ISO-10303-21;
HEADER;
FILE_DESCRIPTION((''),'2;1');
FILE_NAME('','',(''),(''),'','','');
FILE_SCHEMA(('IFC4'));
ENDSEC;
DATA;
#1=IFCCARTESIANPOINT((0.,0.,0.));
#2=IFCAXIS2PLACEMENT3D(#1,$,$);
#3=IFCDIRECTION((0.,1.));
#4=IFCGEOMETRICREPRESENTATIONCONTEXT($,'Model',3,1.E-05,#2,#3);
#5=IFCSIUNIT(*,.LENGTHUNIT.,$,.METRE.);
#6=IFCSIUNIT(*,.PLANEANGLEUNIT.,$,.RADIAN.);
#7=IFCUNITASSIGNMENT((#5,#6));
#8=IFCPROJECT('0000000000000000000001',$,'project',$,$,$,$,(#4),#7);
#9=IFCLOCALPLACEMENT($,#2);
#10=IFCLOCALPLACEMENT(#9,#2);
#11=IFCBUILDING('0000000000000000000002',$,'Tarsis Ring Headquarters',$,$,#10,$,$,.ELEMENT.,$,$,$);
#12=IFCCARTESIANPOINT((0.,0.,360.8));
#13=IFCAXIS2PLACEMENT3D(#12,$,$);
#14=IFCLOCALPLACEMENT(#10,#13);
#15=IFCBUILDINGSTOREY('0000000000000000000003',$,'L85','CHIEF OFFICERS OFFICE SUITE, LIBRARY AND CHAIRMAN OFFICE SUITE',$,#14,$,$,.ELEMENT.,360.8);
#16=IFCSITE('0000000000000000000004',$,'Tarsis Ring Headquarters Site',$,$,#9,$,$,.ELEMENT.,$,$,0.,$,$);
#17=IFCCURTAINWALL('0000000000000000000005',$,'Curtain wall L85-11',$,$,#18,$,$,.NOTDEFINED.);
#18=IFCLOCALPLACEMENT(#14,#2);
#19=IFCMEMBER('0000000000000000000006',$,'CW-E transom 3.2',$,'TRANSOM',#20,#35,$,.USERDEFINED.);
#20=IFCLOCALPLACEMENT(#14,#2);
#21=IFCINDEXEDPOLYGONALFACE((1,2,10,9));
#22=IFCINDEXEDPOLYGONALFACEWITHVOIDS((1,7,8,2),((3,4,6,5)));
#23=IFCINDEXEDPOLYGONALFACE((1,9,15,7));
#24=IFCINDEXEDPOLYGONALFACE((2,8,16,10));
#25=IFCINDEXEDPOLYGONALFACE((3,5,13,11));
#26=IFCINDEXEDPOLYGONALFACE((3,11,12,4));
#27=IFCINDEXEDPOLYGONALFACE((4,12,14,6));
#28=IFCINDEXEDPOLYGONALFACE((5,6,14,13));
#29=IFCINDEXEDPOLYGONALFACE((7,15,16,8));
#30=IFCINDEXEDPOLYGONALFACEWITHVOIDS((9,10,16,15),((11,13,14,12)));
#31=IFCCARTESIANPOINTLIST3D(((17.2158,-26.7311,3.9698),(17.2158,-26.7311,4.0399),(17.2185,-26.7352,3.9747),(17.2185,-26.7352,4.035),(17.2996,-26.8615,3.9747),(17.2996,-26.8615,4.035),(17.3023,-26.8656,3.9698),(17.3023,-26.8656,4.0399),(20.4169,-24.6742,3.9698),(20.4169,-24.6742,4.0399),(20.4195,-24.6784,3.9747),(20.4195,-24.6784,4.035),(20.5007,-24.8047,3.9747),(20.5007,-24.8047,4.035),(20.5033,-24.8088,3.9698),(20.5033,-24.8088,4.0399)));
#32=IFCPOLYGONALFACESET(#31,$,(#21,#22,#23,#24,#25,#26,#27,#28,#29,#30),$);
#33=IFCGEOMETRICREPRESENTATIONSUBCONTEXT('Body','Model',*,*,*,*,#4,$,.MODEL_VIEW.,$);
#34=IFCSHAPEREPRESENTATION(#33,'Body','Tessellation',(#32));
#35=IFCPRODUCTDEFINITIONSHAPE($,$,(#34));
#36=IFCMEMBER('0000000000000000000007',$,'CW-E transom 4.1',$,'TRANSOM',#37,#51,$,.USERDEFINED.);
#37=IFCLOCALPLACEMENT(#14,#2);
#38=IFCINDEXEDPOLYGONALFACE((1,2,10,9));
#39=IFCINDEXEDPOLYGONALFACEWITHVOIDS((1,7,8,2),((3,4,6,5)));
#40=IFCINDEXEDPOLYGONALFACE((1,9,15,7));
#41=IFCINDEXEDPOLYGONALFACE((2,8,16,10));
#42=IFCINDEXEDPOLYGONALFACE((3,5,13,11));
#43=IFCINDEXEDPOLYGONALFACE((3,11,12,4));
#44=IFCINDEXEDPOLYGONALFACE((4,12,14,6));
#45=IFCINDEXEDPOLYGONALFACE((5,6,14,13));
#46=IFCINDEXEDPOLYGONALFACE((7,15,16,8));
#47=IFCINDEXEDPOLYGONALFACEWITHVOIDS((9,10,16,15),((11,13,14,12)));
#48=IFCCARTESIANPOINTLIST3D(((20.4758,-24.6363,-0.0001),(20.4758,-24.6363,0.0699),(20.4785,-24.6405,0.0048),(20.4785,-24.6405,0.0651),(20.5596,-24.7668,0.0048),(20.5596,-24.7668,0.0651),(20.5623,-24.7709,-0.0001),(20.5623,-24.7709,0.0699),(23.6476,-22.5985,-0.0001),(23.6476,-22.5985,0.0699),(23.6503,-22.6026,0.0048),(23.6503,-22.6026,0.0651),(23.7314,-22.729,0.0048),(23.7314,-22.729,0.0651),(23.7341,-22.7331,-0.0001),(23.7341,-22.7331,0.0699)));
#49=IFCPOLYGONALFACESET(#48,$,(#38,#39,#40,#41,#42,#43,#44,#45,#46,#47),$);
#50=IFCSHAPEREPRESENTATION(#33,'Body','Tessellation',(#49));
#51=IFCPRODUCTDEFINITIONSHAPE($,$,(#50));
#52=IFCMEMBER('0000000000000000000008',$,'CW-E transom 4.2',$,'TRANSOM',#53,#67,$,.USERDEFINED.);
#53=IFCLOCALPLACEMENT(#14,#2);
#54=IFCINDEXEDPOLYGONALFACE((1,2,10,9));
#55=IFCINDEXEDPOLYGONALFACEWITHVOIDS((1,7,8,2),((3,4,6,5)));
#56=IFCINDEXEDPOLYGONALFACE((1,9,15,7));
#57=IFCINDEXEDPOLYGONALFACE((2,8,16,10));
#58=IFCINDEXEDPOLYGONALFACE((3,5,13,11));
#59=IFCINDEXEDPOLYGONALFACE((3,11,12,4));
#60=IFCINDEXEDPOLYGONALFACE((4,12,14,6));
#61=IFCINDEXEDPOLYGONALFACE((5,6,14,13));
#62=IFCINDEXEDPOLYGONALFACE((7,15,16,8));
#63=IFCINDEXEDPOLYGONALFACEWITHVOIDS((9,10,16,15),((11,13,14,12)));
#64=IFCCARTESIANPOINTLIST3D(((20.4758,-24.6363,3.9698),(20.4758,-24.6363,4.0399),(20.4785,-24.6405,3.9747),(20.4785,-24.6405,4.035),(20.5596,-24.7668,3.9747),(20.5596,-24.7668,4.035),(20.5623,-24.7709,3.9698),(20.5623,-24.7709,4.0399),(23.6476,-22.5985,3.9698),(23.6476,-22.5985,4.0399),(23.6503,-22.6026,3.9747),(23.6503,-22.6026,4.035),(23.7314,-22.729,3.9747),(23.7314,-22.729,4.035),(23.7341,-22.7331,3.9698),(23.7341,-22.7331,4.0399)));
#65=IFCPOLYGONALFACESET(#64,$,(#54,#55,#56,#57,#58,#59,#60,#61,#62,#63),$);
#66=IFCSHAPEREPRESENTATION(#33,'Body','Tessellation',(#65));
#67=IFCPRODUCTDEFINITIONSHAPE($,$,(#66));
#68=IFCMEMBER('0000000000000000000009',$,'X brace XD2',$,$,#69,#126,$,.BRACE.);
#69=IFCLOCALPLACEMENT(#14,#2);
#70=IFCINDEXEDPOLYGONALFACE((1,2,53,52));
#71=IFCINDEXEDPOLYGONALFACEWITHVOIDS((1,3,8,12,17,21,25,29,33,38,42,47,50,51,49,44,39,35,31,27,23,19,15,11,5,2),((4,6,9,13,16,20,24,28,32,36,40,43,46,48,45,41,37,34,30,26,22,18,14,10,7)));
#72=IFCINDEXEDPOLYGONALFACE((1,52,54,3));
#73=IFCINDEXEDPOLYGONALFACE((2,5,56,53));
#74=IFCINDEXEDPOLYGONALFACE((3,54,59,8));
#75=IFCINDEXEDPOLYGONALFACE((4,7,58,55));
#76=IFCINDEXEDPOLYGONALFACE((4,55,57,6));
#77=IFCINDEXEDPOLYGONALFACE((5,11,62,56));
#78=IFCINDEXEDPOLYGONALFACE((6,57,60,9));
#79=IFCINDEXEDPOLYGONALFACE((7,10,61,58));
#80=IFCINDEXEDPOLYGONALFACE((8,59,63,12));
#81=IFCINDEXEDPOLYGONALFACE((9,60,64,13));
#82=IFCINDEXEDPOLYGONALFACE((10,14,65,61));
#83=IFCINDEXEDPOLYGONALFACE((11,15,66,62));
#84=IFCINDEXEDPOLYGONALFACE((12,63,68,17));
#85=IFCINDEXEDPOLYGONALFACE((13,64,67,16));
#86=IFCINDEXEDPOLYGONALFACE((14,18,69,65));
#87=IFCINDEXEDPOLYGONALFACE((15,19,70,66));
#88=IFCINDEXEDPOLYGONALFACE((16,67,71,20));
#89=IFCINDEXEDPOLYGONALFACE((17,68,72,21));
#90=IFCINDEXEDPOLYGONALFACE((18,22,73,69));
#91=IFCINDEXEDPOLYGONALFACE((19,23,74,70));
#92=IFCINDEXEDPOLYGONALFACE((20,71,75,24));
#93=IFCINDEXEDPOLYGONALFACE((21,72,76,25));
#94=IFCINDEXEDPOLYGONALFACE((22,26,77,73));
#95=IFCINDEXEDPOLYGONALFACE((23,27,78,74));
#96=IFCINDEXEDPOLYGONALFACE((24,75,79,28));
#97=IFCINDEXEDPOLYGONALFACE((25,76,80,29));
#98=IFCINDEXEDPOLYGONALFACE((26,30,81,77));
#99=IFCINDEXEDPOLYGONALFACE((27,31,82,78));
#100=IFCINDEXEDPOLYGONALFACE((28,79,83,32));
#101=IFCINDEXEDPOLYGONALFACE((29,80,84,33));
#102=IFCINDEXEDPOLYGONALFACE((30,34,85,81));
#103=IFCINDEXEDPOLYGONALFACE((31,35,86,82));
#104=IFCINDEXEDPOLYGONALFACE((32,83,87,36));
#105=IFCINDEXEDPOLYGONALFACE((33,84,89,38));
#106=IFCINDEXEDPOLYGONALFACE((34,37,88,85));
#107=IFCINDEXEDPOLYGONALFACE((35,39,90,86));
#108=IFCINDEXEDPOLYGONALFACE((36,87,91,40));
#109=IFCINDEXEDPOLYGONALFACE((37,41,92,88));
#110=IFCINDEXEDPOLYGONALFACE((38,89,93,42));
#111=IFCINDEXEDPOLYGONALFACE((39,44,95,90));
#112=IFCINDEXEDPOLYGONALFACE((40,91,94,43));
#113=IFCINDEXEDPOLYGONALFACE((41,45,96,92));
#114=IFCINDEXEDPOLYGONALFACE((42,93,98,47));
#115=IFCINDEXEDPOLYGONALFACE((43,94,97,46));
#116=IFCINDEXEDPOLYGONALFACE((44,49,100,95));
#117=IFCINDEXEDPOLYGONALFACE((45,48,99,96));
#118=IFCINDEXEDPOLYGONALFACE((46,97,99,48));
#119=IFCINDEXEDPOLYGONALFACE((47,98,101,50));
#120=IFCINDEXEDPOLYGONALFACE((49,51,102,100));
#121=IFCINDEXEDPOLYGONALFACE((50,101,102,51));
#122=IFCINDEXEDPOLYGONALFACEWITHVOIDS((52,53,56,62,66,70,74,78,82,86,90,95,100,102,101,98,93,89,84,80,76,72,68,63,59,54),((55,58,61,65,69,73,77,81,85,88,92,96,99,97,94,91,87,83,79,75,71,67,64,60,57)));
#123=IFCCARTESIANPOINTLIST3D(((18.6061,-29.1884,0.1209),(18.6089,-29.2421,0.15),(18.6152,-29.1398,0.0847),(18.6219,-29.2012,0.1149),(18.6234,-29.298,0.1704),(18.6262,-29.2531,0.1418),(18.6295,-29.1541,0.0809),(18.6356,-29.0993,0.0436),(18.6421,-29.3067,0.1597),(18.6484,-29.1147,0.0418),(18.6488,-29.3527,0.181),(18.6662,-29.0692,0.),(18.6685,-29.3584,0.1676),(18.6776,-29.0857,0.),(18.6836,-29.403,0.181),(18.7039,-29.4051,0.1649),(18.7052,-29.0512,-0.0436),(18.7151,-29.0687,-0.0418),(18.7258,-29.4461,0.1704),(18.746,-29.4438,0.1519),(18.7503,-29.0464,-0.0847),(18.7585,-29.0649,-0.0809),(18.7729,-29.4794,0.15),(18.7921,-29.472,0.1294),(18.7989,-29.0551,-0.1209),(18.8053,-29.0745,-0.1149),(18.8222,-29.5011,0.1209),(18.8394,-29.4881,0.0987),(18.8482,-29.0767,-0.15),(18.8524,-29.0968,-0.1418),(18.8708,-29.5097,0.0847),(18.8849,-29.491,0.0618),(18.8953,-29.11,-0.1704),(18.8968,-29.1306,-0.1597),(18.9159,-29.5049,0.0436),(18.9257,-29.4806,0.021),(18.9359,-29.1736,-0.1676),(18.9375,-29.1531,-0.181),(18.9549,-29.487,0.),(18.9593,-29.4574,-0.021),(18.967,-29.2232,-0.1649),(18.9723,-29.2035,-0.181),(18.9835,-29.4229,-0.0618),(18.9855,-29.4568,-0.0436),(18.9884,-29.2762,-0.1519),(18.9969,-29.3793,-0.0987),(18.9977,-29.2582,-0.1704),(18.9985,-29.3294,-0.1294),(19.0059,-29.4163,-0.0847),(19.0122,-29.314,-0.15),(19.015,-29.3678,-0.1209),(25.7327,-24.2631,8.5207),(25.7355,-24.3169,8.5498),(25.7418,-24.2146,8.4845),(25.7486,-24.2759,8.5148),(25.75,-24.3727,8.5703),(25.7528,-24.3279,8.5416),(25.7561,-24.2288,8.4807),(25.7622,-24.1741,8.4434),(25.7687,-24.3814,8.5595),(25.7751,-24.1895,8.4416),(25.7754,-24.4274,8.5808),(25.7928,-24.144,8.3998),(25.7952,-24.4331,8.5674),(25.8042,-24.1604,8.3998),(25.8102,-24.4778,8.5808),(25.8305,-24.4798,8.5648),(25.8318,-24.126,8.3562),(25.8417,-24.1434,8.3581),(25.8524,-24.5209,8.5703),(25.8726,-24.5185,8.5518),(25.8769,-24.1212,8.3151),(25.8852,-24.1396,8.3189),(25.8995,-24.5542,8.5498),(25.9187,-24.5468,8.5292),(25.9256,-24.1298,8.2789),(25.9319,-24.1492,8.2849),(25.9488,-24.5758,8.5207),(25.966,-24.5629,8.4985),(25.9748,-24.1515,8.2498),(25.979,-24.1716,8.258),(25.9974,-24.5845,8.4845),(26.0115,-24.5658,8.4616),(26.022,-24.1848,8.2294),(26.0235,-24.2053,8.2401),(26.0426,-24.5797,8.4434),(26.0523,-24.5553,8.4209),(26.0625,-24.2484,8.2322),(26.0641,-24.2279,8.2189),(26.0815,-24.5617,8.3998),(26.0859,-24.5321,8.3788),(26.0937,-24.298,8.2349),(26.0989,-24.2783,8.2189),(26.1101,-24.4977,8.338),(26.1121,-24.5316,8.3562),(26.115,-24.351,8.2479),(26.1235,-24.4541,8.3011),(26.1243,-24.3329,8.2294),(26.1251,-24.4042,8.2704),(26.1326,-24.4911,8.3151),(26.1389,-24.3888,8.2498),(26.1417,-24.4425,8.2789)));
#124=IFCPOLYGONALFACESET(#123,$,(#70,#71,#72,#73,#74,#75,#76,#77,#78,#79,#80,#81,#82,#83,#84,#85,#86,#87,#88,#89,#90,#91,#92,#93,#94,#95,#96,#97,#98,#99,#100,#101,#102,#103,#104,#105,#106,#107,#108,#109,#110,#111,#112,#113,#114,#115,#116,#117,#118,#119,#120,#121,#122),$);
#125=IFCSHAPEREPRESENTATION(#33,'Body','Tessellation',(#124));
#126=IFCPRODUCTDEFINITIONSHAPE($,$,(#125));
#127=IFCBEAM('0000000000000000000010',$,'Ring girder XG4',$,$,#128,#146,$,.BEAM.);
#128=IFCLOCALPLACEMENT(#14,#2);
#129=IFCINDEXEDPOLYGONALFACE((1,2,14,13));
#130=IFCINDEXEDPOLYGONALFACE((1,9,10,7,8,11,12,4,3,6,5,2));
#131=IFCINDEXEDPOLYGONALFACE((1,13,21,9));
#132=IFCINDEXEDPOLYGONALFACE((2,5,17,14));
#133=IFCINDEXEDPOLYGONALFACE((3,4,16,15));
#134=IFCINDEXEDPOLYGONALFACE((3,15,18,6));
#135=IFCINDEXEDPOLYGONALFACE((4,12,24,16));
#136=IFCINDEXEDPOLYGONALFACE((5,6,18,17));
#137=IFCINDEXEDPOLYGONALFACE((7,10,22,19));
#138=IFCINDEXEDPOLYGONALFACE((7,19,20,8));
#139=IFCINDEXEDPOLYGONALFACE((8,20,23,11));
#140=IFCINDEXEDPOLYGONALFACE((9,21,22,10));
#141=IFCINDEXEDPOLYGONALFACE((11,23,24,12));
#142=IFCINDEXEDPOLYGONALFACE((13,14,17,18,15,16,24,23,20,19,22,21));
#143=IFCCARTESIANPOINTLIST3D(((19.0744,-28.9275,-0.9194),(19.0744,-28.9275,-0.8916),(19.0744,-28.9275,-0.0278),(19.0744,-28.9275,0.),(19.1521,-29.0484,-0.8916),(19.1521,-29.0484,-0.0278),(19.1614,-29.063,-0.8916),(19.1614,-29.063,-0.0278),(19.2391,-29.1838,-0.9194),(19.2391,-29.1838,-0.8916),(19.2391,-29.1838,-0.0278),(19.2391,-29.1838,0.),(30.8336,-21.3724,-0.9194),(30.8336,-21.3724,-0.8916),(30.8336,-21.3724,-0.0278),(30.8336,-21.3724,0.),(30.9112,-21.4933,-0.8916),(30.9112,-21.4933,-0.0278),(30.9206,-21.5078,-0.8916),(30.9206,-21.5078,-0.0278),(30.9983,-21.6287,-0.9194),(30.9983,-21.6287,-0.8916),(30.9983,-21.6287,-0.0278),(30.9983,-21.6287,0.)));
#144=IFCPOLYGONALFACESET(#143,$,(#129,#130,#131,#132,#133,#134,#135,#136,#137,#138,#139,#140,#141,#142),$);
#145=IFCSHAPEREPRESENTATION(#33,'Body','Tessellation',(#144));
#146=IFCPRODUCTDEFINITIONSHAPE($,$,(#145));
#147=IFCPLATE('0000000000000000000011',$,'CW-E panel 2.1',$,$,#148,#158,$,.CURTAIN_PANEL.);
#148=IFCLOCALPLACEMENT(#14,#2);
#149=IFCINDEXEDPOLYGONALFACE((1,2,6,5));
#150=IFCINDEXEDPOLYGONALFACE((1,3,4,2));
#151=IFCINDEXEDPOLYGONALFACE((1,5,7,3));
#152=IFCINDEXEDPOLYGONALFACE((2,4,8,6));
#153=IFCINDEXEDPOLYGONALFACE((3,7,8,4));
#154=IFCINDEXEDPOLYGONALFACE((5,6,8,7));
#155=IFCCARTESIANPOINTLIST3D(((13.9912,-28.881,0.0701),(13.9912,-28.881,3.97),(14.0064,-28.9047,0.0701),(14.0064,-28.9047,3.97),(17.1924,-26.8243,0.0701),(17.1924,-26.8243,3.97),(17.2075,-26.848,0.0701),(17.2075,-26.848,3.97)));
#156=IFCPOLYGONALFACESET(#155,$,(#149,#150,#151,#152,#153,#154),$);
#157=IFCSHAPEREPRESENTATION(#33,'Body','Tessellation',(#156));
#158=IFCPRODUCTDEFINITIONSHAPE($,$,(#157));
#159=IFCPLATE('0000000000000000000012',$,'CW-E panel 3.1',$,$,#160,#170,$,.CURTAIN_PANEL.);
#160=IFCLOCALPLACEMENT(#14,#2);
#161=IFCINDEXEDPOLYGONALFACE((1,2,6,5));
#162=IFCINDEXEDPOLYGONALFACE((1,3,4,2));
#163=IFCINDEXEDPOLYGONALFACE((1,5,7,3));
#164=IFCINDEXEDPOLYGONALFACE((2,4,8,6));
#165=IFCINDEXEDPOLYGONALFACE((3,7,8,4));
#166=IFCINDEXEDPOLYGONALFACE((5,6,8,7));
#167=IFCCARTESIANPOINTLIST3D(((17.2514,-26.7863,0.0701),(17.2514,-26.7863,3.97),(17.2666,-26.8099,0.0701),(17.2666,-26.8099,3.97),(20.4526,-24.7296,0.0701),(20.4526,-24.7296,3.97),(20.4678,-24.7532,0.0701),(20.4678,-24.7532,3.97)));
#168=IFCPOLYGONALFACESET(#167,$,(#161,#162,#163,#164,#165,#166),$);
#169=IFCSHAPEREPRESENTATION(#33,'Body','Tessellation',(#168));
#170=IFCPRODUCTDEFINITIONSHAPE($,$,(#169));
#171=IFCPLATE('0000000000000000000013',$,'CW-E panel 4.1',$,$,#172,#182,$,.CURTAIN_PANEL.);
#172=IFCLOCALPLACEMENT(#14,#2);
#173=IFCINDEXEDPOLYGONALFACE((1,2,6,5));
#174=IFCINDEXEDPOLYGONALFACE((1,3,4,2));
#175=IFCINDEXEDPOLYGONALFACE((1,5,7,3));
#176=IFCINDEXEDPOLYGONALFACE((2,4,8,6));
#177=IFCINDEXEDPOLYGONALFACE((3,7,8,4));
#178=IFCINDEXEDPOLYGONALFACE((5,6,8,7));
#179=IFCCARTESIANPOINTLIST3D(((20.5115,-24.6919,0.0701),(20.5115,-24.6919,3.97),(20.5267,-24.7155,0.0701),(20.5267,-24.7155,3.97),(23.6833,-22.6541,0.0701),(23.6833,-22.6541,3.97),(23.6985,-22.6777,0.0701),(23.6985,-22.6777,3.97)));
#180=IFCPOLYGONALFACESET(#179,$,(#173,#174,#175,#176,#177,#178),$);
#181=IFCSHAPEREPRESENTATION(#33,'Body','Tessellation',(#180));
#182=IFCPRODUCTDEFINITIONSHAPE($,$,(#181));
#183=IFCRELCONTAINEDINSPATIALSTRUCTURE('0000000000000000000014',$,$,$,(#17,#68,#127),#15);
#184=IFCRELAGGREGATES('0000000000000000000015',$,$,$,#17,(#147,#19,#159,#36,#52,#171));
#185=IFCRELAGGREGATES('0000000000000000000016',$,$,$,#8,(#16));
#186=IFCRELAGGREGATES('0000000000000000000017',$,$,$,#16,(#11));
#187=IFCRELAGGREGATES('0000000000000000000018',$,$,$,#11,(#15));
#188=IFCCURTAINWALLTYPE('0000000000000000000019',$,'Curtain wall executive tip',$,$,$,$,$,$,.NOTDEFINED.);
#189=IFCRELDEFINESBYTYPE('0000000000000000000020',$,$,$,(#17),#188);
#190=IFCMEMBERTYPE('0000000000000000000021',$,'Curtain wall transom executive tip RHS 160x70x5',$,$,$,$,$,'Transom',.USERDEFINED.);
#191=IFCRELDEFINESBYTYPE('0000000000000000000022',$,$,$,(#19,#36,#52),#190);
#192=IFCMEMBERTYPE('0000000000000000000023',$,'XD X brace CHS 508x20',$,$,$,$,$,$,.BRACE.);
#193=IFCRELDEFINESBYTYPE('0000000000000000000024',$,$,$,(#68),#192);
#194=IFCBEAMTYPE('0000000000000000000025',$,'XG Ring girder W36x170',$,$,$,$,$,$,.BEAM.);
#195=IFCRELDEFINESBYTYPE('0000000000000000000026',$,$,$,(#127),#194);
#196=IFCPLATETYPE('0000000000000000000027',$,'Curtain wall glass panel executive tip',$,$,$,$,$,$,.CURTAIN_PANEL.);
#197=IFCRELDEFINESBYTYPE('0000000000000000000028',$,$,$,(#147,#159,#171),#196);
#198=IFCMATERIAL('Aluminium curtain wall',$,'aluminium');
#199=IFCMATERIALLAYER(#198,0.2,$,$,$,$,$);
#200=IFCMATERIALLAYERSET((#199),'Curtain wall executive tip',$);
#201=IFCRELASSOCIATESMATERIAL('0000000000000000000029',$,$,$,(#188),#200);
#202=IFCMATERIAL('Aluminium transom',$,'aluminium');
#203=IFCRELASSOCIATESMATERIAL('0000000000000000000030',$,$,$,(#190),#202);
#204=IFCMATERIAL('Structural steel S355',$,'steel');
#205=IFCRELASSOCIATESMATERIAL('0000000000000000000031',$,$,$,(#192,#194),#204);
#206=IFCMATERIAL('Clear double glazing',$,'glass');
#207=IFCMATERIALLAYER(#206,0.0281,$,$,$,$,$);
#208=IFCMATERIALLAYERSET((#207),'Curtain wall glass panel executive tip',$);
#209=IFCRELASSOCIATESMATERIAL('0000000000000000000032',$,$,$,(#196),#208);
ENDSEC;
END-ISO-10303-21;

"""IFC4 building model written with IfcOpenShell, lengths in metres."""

from ifc_helpers import new_model, si_unit, direction, frame, origin, origin_2d, place, context, subcontext, project, spatial, rectangle, hollow_rectangle, hollow_circle, i_section, extrude, material, layer, layer_set, material_profile, profile_set, type_object, element, aggregate, save


model = new_model("IFC4")

# Units and contexts
model_context = context("Model", 3, precision=1e-05, world=origin(), true_north=direction((0.0, 1.0)))
body_context = subcontext(model_context, "Body", "Model", "MODEL_VIEW")
ifc_project = project(units=[si_unit("LENGTHUNIT", "METRE"), si_unit("PLANEANGLEUNIT", "RADIAN")], contexts=[model_context])

# Site, building, storey
site_placement = place(None, origin())
site = spatial("IfcSite", under=ifc_project, at=site_placement, Name="Tarsis Ring Headquarters Site", CompositionType="ELEMENT", RefElevation=0.0)
building_placement = place(site_placement, origin())
building = spatial("IfcBuilding", under=site, at=building_placement, Name="Tarsis Ring Headquarters", CompositionType="ELEMENT")
storey_placement = place(building_placement, frame((0.0, 0.0, 360.8)))
storey = spatial("IfcBuildingStorey", under=building, at=storey_placement, Name="L85", Description="CHIEF OFFICERS OFFICE SUITE, LIBRARY AND CHAIRMAN OFFICE SUITE", CompositionType="ELEMENT", Elevation=360.8)

# Shared definitions
ifc_material_1 = material(Name="Structural steel S355", Category="steel")

# Curtain wall, members
ifc_material_2 = material(Name="Aluminium curtain wall", Category="aluminium")
ifc_layer_1 = layer(ifc_material_2, 0.2)
ifc_layer_set_1 = layer_set([ifc_layer_1], Name="Curtain wall executive tip")
curtain_wall_type = type_object("IfcCurtainWallType", Name="Curtain wall executive tip", PredefinedType="NOTDEFINED", material=ifc_layer_set_1)
curtain_wall_placement = place(storey_placement, origin())
curtain_wall = element("IfcCurtainWall", 1, at=curtain_wall_placement, inside=storey, type_object=curtain_wall_type, Name="Curtain wall L85-11", PredefinedType="NOTDEFINED")
ifc_material_3 = material(Name="Aluminium transom", Category="aluminium")
ifc_material_profile_1 = material_profile(ifc_material_3, hollow_rectangle(XDim=0.1599, YDim=0.0701, WallThickness=0.0049, at=origin_2d()), Name="RHS 160x70x5")
ifc_profile_set_1 = profile_set([ifc_material_profile_1], Name="Aluminium transom")
member_type_1 = type_object("IfcMemberType", Name="Curtain wall transom executive tip RHS 160x70x5", ElementType="Transom", PredefinedType="USERDEFINED", material=ifc_profile_set_1)
member_1_placement = place(storey_placement, frame((17.259, -26.7983, 4.0049), z_axis=(0.841299, 0.540569, 0.0), x_axis=(-0.540569, 0.841299, 0.0)))
member_1 = element("IfcMember", 2, at=member_1_placement, type_object=member_type_1, Name="CW-E transom 3.2", ObjectType="TRANSOM", PredefinedType="USERDEFINED", context=body_context, shape_type="SweptSolid", body=[
    extrude(hollow_rectangle(XDim=0.1599, YDim=0.0701, WallThickness=0.0049, at=origin_2d()), origin(), (0.0, 0.0, 1.0), 3.8049),
])
member_2_placement = place(storey_placement, frame((20.519, -24.7036, 0.0349), z_axis=(0.841326, 0.540528, 0.0), x_axis=(-0.540528, 0.841326, 0.0)))
member_2 = element("IfcMember", 3, at=member_2_placement, type_object=member_type_1, Name="CW-E transom 4.1", ObjectType="TRANSOM", PredefinedType="USERDEFINED", context=body_context, shape_type="SweptSolid", body=[
    extrude(hollow_rectangle(XDim=0.1599, YDim=0.0701, WallThickness=0.0049, at=origin_2d()), origin(), (0.0, 0.0, 1.0), 3.77),
])
member_3_placement = place(storey_placement, frame((20.519, -24.7036, 4.0049), z_axis=(0.841326, 0.540528, 0.0), x_axis=(-0.540528, 0.841326, 0.0)))
member_3 = element("IfcMember", 4, at=member_3_placement, type_object=member_type_1, Name="CW-E transom 4.2", ObjectType="TRANSOM", PredefinedType="USERDEFINED", context=body_context, shape_type="SweptSolid", body=[
    extrude(hollow_rectangle(XDim=0.1599, YDim=0.0701, WallThickness=0.0049, at=origin_2d()), origin(), (0.0, 0.0, 1.0), 3.77),
])

# Member
ifc_material_profile_2 = material_profile(ifc_material_1, hollow_circle(Radius=0.2539, WallThickness=0.02, at=origin_2d()), Name="CHS 508x20")
ifc_profile_set_2 = profile_set([ifc_material_profile_2], Name="Structural steel S355")
member_type_2 = type_object("IfcMemberType", Name="XD X brace CHS 508x20", PredefinedType="BRACE", material=ifc_profile_set_2)
member_4_placement = place(storey_placement, frame((18.8105, -29.2781, 0.0), z_axis=(0.590606, 0.40817, 0.696119), x_axis=(-0.56854, 0.822656, 0.0)))
element("IfcMember", 5, at=member_4_placement, inside=storey, type_object=member_type_2, Name="X brace XD2", PredefinedType="BRACE", context=body_context, shape_type="SweptSolid", body=[
    extrude(hollow_circle(Radius=0.2539, WallThickness=0.02, at=origin_2d()), origin(), (0.0, 0.0, 1.0), 12.0667),
])

# Beam
ifc_material_profile_3 = material_profile(ifc_material_1, i_section(OverallWidth=0.3047, OverallDepth=0.9194, WebThickness=0.0173, FlangeThickness=0.0278, at=origin_2d()), Name="W36x170")
ifc_profile_set_3 = profile_set([ifc_material_profile_3], Name="Structural steel S355")
beam_type = type_object("IfcBeamType", Name="XG Ring girder W36x170", PredefinedType="BEAM", material=ifc_profile_set_3)
beam_placement = place(storey_placement, frame((19.1567, -29.0557, -0.4597), z_axis=(0.84132, 0.540537, 0.0), x_axis=(-0.540537, 0.84132, 0.0)))
element("IfcBeam", 6, at=beam_placement, inside=storey, type_object=beam_type, Name="Ring girder XG4", PredefinedType="BEAM", context=body_context, shape_type="SweptSolid", body=[
    extrude(i_section(OverallWidth=0.3047, OverallDepth=0.9194, WebThickness=0.0173, FlangeThickness=0.0278, at=origin_2d()), origin(), (0.0, 0.0, 1.0), 13.9771),
])

# Plates
ifc_material_4 = material(Name="Clear double glazing", Category="glass")
ifc_layer_2 = layer(ifc_material_4, 0.0281)
ifc_layer_set_2 = layer_set([ifc_layer_2], Name="Curtain wall glass panel executive tip")
plate_type = type_object("IfcPlateType", Name="Curtain wall glass panel executive tip", PredefinedType="CURTAIN_PANEL", material=ifc_layer_set_2)
plate_1_placement = place(storey_placement, frame((15.5994, -27.8645, 0.0701), z_axis=(0.0, 0.0, 1.0), x_axis=(0.841322, 0.540534, 0.0)))
plate_1 = element("IfcPlate", 7, at=plate_1_placement, type_object=plate_type, Name="CW-E panel 2.1", PredefinedType="CURTAIN_PANEL", context=body_context, shape_type="SweptSolid", body=[
    extrude(rectangle(XDim=3.8049, YDim=0.0281, at=origin_2d()), origin(), (0.0, 0.0, 1.0), 3.8999),
])
plate_2_placement = place(storey_placement, frame((18.8596, -25.7698, 0.0701), z_axis=(0.0, 0.0, 1.0), x_axis=(0.841322, 0.540534, 0.0)))
plate_2 = element("IfcPlate", 8, at=plate_2_placement, type_object=plate_type, Name="CW-E panel 3.1", PredefinedType="CURTAIN_PANEL", context=body_context, shape_type="SweptSolid", body=[
    extrude(rectangle(XDim=3.8049, YDim=0.0281, at=origin_2d()), origin(), (0.0, 0.0, 1.0), 3.8999),
])
plate_3_placement = place(storey_placement, frame((22.105, -23.6848, 0.0701), z_axis=(0.0, 0.0, 1.0), x_axis=(0.841322, 0.540534, 0.0)))
plate_3 = element("IfcPlate", 9, at=plate_3_placement, type_object=plate_type, Name="CW-E panel 4.1", PredefinedType="CURTAIN_PANEL", context=body_context, shape_type="SweptSolid", body=[
    extrude(rectangle(XDim=3.77, YDim=0.0281, at=origin_2d()), origin(), (0.0, 0.0, 1.0), 3.8999),
])
aggregate(curtain_wall, [plate_1, member_1, plate_2, member_2, member_3, plate_3])

save(model, "model.ifc")
